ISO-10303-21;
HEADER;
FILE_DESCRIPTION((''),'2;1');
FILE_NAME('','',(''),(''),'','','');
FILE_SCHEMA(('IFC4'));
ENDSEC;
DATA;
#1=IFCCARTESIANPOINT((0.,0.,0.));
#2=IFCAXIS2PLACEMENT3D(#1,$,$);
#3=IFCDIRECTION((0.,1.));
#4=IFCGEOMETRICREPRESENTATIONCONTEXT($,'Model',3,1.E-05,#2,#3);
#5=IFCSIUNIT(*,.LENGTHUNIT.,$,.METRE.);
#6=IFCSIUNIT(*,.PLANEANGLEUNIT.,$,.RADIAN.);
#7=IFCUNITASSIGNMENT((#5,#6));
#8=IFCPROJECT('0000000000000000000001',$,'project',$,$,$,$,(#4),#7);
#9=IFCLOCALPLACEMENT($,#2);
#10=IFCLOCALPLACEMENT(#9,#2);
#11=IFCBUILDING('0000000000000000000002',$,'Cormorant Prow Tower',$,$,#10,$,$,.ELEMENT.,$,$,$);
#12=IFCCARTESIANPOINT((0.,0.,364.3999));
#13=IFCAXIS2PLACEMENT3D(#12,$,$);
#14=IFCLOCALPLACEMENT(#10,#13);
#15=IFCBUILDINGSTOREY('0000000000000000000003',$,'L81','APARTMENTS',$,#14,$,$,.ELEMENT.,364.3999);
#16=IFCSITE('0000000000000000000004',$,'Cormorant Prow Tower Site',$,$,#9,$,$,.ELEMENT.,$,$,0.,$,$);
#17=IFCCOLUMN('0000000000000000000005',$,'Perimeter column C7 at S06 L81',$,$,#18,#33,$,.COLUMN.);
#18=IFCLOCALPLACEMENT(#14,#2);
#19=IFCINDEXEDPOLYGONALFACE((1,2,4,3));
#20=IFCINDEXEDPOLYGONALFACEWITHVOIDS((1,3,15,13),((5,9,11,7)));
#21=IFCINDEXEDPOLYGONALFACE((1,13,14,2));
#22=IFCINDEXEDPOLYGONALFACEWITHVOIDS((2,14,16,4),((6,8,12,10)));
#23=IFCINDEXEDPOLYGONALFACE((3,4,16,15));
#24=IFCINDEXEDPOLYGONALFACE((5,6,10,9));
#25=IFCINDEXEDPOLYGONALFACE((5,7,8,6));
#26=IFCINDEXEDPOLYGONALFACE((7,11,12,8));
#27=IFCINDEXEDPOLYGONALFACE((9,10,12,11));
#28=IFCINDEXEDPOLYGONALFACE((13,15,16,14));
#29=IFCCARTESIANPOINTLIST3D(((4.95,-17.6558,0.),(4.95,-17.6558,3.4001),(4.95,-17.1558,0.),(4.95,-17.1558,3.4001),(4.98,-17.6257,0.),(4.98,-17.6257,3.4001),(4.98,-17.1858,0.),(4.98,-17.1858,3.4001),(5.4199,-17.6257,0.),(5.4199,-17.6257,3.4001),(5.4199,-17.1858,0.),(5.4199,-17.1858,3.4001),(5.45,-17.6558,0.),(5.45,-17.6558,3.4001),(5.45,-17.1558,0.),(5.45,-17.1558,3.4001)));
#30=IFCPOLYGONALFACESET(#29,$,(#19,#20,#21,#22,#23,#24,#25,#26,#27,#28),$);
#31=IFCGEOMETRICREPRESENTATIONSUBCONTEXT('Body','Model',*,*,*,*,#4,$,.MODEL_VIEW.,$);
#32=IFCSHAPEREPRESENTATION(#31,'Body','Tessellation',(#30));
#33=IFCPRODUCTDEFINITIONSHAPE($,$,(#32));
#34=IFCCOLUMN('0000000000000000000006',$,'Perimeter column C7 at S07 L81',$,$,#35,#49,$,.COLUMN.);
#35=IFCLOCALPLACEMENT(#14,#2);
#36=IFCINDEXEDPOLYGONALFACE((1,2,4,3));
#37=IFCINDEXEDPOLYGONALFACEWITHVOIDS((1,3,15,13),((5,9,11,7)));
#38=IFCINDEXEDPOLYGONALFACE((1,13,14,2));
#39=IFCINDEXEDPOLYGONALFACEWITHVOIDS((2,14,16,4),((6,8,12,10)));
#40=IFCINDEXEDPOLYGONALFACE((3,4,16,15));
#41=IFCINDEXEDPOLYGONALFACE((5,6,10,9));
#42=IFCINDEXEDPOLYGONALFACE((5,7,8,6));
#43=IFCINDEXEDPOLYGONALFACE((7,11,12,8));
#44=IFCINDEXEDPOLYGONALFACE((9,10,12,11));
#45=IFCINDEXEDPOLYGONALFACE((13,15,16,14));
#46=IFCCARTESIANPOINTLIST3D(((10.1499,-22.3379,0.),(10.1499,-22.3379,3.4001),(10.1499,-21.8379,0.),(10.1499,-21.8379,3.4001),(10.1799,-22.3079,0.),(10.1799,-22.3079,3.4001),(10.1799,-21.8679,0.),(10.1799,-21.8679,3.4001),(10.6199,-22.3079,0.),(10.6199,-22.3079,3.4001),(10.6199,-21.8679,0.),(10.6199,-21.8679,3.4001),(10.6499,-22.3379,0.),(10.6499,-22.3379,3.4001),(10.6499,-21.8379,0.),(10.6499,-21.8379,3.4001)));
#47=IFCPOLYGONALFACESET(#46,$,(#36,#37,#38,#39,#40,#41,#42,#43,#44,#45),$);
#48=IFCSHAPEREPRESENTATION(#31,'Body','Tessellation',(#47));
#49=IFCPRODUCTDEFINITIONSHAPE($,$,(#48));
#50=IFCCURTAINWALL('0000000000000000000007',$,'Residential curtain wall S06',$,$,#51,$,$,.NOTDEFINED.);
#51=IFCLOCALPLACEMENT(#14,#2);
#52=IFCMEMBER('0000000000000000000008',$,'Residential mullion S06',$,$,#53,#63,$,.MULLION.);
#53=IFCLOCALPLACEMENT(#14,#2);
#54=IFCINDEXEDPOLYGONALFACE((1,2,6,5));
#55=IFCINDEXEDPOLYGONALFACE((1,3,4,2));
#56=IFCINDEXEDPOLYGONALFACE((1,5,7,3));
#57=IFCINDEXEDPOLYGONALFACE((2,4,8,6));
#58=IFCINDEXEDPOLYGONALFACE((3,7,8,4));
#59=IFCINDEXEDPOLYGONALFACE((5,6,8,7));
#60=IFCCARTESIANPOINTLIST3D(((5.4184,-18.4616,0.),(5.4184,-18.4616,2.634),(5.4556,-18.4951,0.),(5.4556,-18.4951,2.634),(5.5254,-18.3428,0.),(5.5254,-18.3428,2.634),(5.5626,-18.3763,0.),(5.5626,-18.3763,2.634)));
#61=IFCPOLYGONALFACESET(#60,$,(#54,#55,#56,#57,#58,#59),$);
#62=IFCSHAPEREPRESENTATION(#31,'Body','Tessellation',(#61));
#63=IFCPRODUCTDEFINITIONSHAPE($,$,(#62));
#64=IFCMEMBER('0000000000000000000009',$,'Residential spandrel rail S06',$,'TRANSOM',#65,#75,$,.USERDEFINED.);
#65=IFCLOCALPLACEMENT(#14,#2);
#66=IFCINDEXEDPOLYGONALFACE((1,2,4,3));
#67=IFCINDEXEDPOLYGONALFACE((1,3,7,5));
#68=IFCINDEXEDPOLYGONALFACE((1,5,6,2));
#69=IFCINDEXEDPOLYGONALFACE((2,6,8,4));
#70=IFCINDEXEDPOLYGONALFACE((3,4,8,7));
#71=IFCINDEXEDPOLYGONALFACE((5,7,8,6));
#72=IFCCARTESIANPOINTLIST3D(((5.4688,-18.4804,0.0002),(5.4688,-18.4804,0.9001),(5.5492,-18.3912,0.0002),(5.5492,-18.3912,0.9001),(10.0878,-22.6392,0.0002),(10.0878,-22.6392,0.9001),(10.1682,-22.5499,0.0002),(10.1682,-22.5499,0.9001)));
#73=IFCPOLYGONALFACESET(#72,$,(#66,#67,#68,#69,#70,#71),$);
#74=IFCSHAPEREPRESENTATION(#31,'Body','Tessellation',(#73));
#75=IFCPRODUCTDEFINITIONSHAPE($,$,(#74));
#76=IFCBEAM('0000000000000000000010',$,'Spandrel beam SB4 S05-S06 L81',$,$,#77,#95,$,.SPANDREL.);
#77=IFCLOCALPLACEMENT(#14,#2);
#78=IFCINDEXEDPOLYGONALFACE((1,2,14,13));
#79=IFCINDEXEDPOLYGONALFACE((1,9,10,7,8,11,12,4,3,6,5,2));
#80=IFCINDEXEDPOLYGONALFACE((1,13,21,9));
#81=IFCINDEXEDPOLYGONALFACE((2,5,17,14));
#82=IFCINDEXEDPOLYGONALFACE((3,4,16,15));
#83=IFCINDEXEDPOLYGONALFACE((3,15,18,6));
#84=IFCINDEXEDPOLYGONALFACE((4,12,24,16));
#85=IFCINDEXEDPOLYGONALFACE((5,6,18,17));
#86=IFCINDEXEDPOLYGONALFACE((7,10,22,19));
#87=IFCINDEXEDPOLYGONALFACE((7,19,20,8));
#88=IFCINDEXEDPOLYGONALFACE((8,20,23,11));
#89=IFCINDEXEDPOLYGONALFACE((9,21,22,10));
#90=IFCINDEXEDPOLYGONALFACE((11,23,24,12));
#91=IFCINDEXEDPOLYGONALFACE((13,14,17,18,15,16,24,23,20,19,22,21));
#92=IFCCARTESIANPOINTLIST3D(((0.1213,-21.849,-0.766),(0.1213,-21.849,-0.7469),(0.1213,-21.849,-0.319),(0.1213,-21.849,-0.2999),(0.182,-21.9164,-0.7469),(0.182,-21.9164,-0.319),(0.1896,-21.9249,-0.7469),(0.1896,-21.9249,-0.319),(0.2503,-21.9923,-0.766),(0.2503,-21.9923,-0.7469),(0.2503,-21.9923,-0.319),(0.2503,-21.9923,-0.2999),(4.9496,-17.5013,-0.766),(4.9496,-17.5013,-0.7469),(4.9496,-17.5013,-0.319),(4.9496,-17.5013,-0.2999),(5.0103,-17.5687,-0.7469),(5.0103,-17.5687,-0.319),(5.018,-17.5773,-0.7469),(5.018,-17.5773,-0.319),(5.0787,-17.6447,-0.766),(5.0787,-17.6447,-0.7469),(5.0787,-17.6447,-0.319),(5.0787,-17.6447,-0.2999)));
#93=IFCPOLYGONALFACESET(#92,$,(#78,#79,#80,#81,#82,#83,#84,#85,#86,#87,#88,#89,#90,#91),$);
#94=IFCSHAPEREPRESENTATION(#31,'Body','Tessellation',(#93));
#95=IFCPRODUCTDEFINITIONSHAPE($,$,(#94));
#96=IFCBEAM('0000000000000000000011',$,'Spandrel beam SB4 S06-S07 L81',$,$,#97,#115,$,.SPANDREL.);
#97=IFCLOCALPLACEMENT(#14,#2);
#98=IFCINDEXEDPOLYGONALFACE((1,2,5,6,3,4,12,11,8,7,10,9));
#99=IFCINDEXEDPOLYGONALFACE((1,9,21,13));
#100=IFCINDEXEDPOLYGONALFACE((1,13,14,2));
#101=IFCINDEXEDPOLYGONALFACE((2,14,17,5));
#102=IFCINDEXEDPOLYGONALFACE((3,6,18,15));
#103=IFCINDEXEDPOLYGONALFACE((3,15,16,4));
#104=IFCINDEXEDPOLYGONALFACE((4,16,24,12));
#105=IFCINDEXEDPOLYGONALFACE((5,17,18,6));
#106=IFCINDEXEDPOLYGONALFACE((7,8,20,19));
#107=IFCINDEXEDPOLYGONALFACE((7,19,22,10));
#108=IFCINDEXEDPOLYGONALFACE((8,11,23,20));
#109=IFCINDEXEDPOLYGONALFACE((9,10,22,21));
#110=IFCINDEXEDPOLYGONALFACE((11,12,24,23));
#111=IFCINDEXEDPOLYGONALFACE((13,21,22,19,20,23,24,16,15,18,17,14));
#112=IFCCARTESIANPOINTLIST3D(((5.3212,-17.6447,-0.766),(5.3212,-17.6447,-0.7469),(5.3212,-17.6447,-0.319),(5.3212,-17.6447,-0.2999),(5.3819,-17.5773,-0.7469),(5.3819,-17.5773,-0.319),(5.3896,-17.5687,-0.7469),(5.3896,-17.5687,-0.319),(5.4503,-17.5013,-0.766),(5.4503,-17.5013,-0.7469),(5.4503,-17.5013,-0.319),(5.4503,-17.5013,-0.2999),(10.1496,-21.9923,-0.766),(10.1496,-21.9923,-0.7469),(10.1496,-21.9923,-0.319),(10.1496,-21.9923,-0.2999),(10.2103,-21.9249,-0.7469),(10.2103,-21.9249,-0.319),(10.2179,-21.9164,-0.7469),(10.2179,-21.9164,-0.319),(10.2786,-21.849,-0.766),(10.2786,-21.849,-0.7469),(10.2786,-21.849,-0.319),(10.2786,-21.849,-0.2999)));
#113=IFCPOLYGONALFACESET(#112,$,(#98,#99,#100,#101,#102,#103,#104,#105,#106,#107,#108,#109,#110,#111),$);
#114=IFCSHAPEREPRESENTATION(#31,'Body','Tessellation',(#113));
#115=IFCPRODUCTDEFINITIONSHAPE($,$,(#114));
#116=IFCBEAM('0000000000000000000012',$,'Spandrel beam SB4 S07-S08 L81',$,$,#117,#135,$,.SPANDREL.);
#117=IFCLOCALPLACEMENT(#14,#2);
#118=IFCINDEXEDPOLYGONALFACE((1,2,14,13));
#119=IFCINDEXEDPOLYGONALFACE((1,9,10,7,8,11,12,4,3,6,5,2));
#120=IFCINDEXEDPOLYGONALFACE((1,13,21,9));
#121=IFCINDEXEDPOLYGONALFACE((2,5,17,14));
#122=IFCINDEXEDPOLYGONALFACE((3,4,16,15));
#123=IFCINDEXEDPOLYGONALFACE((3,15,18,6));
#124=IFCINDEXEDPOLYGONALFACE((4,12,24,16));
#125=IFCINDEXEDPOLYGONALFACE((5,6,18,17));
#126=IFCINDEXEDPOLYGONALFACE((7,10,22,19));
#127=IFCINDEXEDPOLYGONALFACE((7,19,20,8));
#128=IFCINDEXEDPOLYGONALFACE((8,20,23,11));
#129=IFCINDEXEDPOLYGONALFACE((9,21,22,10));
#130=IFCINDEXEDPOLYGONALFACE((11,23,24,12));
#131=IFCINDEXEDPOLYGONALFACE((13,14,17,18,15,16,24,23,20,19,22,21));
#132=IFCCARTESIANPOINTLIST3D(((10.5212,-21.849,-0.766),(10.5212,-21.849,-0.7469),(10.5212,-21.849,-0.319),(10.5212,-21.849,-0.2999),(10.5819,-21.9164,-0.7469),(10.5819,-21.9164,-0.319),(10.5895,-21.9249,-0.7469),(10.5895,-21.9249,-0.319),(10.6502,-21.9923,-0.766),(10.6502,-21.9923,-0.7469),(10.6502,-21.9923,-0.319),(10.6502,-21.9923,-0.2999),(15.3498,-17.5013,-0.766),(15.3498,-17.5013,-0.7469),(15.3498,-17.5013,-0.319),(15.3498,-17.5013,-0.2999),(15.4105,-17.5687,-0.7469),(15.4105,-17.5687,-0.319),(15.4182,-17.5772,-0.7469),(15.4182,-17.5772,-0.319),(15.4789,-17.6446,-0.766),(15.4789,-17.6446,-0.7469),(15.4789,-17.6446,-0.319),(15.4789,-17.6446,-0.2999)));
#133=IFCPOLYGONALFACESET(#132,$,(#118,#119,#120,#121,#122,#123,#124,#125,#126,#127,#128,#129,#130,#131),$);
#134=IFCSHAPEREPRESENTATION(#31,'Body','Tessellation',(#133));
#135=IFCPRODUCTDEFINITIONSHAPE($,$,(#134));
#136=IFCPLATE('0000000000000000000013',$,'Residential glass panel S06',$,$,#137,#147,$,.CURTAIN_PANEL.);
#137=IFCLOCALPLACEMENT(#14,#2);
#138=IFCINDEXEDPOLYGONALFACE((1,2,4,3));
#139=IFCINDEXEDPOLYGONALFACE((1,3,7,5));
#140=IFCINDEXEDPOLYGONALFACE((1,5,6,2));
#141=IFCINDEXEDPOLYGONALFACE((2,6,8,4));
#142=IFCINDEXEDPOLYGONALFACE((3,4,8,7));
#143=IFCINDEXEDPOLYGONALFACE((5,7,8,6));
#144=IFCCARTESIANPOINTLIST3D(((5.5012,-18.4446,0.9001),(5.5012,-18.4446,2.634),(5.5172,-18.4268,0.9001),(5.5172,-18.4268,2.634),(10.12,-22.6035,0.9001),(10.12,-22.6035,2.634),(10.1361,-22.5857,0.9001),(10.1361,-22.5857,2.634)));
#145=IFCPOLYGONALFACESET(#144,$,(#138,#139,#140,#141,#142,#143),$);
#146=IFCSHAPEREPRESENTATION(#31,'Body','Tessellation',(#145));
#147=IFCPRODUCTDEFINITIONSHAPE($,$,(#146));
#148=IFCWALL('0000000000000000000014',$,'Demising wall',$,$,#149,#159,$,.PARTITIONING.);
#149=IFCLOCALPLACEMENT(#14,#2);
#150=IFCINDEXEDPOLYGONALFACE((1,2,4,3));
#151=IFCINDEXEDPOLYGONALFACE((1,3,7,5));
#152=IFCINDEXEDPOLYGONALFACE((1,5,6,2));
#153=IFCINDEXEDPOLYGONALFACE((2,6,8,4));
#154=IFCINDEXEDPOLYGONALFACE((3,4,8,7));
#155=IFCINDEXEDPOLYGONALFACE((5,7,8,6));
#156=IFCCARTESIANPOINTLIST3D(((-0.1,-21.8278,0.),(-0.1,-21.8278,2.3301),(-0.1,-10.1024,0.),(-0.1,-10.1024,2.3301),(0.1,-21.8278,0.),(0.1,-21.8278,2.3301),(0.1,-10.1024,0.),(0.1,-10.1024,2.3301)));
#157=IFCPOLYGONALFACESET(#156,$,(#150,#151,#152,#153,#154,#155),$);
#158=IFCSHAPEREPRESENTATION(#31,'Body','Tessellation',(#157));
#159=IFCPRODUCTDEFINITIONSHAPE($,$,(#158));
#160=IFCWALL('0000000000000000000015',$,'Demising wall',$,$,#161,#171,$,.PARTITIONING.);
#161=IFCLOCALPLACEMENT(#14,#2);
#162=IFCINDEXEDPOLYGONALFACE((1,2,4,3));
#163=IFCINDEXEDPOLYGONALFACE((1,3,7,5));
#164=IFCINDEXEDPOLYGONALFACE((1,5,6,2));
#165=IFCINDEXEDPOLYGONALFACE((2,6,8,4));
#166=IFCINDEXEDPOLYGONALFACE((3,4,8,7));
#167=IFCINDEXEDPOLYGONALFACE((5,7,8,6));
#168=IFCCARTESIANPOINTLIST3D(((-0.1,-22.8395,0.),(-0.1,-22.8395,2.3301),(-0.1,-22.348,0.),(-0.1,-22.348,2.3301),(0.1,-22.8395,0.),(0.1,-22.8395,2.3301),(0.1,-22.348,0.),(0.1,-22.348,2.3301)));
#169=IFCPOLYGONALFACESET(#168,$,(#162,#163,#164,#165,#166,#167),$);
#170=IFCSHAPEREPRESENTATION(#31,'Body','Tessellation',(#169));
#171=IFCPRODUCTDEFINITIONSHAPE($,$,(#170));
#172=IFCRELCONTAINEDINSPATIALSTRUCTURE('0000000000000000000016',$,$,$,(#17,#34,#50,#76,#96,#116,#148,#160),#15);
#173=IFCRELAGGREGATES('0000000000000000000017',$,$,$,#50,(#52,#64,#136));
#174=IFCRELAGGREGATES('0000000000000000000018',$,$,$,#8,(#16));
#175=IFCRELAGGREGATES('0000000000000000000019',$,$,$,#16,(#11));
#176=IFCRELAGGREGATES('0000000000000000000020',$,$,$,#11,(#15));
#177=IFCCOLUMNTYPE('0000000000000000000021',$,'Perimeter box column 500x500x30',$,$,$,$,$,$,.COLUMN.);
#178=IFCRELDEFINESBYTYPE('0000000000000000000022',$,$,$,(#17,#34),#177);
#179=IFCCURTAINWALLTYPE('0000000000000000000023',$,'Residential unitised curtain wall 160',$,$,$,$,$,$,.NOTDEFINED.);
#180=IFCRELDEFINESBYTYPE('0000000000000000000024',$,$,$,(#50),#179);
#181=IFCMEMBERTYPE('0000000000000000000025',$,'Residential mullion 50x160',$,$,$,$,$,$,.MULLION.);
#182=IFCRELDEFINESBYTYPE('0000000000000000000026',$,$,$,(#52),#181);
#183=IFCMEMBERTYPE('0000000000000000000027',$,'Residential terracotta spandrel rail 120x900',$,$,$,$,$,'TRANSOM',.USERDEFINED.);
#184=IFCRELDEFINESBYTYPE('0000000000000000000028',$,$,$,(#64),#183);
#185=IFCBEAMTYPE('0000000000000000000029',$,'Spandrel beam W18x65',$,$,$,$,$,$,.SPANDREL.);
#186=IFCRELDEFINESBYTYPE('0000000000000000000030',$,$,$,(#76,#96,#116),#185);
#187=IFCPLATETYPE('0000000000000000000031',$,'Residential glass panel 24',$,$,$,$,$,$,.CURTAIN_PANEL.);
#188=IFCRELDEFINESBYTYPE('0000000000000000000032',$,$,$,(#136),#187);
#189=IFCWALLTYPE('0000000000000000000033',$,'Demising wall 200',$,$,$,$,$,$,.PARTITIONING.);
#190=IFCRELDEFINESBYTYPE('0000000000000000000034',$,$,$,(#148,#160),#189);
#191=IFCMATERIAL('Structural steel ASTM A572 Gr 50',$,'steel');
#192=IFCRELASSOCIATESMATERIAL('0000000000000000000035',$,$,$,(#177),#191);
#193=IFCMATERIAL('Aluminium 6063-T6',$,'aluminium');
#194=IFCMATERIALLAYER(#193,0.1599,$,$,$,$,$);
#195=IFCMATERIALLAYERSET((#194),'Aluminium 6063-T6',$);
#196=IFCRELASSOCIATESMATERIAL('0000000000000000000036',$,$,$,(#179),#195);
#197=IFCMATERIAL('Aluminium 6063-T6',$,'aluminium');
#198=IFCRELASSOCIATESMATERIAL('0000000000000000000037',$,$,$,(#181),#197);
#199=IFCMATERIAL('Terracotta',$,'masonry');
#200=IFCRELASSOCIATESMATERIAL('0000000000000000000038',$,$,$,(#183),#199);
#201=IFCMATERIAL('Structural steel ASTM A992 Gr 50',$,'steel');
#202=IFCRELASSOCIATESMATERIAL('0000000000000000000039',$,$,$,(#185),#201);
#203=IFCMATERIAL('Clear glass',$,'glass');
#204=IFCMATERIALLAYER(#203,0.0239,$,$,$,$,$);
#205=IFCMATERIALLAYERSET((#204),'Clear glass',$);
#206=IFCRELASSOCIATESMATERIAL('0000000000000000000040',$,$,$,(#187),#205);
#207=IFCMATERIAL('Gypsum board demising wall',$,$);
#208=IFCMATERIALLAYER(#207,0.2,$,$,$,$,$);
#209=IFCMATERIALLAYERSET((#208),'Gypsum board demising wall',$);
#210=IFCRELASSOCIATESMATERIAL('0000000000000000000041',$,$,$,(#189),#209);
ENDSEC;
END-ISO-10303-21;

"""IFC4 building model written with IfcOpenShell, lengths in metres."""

from ifc_helpers import new_model, si_unit, direction, frame, frame_2d, origin, origin_2d, place, context, subcontext, project, spatial, rectangle, hollow_rectangle, i_section, extrude, material, layer, layer_set, material_profile, profile_set, type_object, element, aggregate, save


model = new_model("IFC4")

# Units and contexts
model_context = context("Model", 3, precision=1e-05, world=origin(), true_north=direction((0.0, 1.0)))
body_context = subcontext(model_context, "Body", "Model", "MODEL_VIEW")
ifc_project = project(units=[si_unit("LENGTHUNIT", "METRE"), si_unit("PLANEANGLEUNIT", "RADIAN")], contexts=[model_context])

# Site, building, storey
site_placement = place(None, origin())
site = spatial("IfcSite", under=ifc_project, at=site_placement, Name="Cormorant Prow Tower Site", CompositionType="ELEMENT", RefElevation=0.0)
building_placement = place(site_placement, origin())
building = spatial("IfcBuilding", under=site, at=building_placement, Name="Cormorant Prow Tower", CompositionType="ELEMENT")
storey_placement = place(building_placement, frame((0.0, 0.0, 364.3999)))
storey = spatial("IfcBuildingStorey", under=building, at=storey_placement, Name="L81", Description="APARTMENTS", CompositionType="ELEMENT", Elevation=364.3999)

# Columns
ifc_material_1 = material(Name="Structural steel ASTM A572 Gr 50", Category="steel")
ifc_material_profile_1 = material_profile(ifc_material_1, hollow_rectangle(XDim=0.5, YDim=0.5, WallThickness=0.03, at=origin_2d()), Name="Box 500x500x30")
ifc_profile_set_1 = profile_set([ifc_material_profile_1], Name="Structural steel ASTM A572 Gr 50")
column_type = type_object("IfcColumnType", Name="Perimeter box column 500x500x30", PredefinedType="COLUMN", material=ifc_profile_set_1)
for number, where, z_axis, x_axis, name in (
    (1, (5.2, -17.4058, 0.0), (0.0, 0.0, 1.0), (1.0, 0.0, 0.0), "Perimeter column C7 at S06 L81"),
    (2, (10.3999, -22.0879, 0.0), (0.0, 0.0, 1.0), (1.0, 0.0, 0.0), "Perimeter column C7 at S07 L81"),
):
    element("IfcColumn", number, at=place(storey_placement, frame(where, z_axis=z_axis, x_axis=x_axis)), inside=storey, type_object=column_type, Name=name, PredefinedType="COLUMN", context=body_context, shape_type="SweptSolid", body=[
        extrude(hollow_rectangle(XDim=0.5, YDim=0.5, WallThickness=0.03, at=origin_2d()), origin(), (0.0, 0.0, 1.0), 3.4001),
    ])

# Curtain wall, members
ifc_material_2 = material(Name="Aluminium 6063-T6", Category="aluminium")
ifc_layer_1 = layer(ifc_material_2, 0.1599)
ifc_layer_set_1 = layer_set([ifc_layer_1], Name="Aluminium 6063-T6")
curtain_wall_type = type_object("IfcCurtainWallType", Name="Residential unitised curtain wall 160", PredefinedType="NOTDEFINED", material=ifc_layer_set_1)
curtain_wall_placement = place(storey_placement, origin())
curtain_wall = element("IfcCurtainWall", 3, at=curtain_wall_placement, inside=storey, type_object=curtain_wall_type, Name="Residential curtain wall S06", PredefinedType="NOTDEFINED")
ifc_material_3 = material(Name="Aluminium 6063-T6", Category="aluminium")
ifc_material_profile_2 = material_profile(ifc_material_3, rectangle(XDim=0.1599, YDim=0.05, at=origin_2d()), Name="Residential mullion 50x160")
ifc_profile_set_2 = profile_set([ifc_material_profile_2], Name="Aluminium 6063-T6")
member_type_1 = type_object("IfcMemberType", Name="Residential mullion 50x160", PredefinedType="MULLION", material=ifc_profile_set_2)
member_1_placement = place(storey_placement, frame((5.4905, -18.4189, 0.0), z_axis=(0.0, 0.0, 1.0), x_axis=(0.669131, 0.743145, 0.0)))
member_1 = element("IfcMember", 4, at=member_1_placement, type_object=member_type_1, Name="Residential mullion S06", PredefinedType="MULLION", context=body_context, shape_type="SweptSolid", body=[
    extrude(rectangle(XDim=0.1599, YDim=0.05, at=origin_2d()), origin(), (0.0, 0.0, 1.0), 2.634),
])
ifc_material_4 = material(Name="Terracotta", Category="masonry")
ifc_material_profile_3 = material_profile(ifc_material_4, rectangle(XDim=0.1201, YDim=0.8999, at=origin_2d()), Name="Residential terracotta spandrel rail 120x900")
ifc_profile_set_3 = profile_set([ifc_material_profile_3], Name="Terracotta")
member_type_2 = type_object("IfcMemberType", Name="Residential terracotta spandrel rail 120x900", ElementType="TRANSOM", PredefinedType="USERDEFINED", material=ifc_profile_set_3)
member_2_placement = place(storey_placement, frame((5.509, -18.4358, 0.4502), z_axis=(0.743159, -0.669114, 0.0), x_axis=(0.669114, 0.743159, 0.0)))
member_2 = element("IfcMember", 5, at=member_2_placement, type_object=member_type_2, Name="Residential spandrel rail S06", ObjectType="TRANSOM", PredefinedType="USERDEFINED", context=body_context, shape_type="SweptSolid", body=[
    extrude(rectangle(XDim=0.1201, YDim=0.8999, at=origin_2d()), origin(), (0.0, 0.0, 1.0), 6.2153),
])

# Beams
ifc_material_5 = material(Name="Structural steel ASTM A992 Gr 50", Category="steel")
ifc_material_profile_4 = material_profile(ifc_material_5, i_section(OverallWidth=0.1929, OverallDepth=0.4661, WebThickness=0.0115, FlangeThickness=0.019, at=origin_2d()), Name="W18x65")
ifc_profile_set_4 = profile_set([ifc_material_profile_4], Name="Structural steel ASTM A992 Gr 50")
beam_type = type_object("IfcBeamType", Name="Spandrel beam W18x65", PredefinedType="SPANDREL", material=ifc_profile_set_4)
for number, where, z_axis, x_axis, name in (
    (6, (0.1858, -21.9207, -0.533), (0.743132, 0.669145, 0.0), (-0.669145, 0.743132, 0.0), "Spandrel beam SB4 S05-S06 L81"),
    (7, (5.3857, -17.573, -0.533), (0.743132, -0.669145, 0.0), (0.669145, 0.743132, 0.0), "Spandrel beam SB4 S06-S07 L81"),
):
    element("IfcBeam", number, at=place(storey_placement, frame(where, z_axis=z_axis, x_axis=x_axis)), inside=storey, type_object=beam_type, Name=name, PredefinedType="SPANDREL", context=body_context, shape_type="SweptSolid", body=[
        extrude(i_section(OverallWidth=0.1929, OverallDepth=0.4661, WebThickness=0.0115, FlangeThickness=0.019, at=origin_2d()), origin(), (0.0, 0.0, 1.0), 6.4973),
    ])
beam_placement = place(storey_placement, frame((10.5857, -21.9207, -0.533), z_axis=(0.743148, 0.669127, 0.0), x_axis=(-0.669127, 0.743148, 0.0)))
element("IfcBeam", 8, at=beam_placement, inside=storey, type_object=beam_type, Name="Spandrel beam SB4 S07-S08 L81", PredefinedType="SPANDREL", context=body_context, shape_type="SweptSolid", body=[
    extrude(i_section(OverallWidth=0.1929, OverallDepth=0.4661, WebThickness=0.0115, FlangeThickness=0.019, at=origin_2d()), origin(), (0.0, 0.0, 1.0), 6.4976),
])

# Plate
ifc_material_6 = material(Name="Clear glass", Category="glass")
ifc_layer_2 = layer(ifc_material_6, 0.0239)
ifc_layer_set_2 = layer_set([ifc_layer_2], Name="Clear glass")
plate_type = type_object("IfcPlateType", Name="Residential glass panel 24", PredefinedType="CURTAIN_PANEL", material=ifc_layer_set_2)
plate_placement = place(storey_placement, frame((7.8186, -20.5151, 0.9001), z_axis=(0.0, 0.0, 1.0), x_axis=(0.743145, -0.669131, 0.0)))
plate = element("IfcPlate", 9, at=plate_placement, type_object=plate_type, Name="Residential glass panel S06", PredefinedType="CURTAIN_PANEL", context=body_context, shape_type="SweptSolid", body=[
    extrude(rectangle(XDim=6.2153, YDim=0.0239, at=origin_2d()), origin(), (0.0, 0.0, 1.0), 1.7339),
])
aggregate(curtain_wall, [member_1, member_2, plate])

# Walls
ifc_material_7 = material(Name="Gypsum board demising wall")
ifc_layer_3 = layer(ifc_material_7, 0.2)
ifc_layer_set_3 = layer_set([ifc_layer_3], Name="Gypsum board demising wall")
wall_type_1 = type_object("IfcWallType", Name="Demising wall 200", PredefinedType="PARTITIONING", material=ifc_layer_set_3)
wall_1_placement = place(storey_placement, frame((0.0, -21.8279, 0.0), z_axis=(0.0, 0.0, 1.0), x_axis=(0.0, 1.0, 0.0)))
element("IfcWall", 10, at=wall_1_placement, inside=storey, type_object=wall_type_1, Name="Demising wall", PredefinedType="PARTITIONING", context=body_context, shape_type="SweptSolid", body=[
    extrude(rectangle(XDim=11.7253, YDim=0.2, at=frame_2d((5.8628, 0.0))), origin(), (0.0, 0.0, 1.0), 2.3301),
])
wall_2_placement = place(storey_placement, frame((0.0, -22.8394, 0.0), z_axis=(0.0, 0.0, 1.0), x_axis=(0.0, 1.0, 0.0)))
element("IfcWall", 11, at=wall_2_placement, inside=storey, type_object=wall_type_1, Name="Demising wall", PredefinedType="PARTITIONING", context=body_context, shape_type="SweptSolid", body=[
    extrude(rectangle(XDim=0.4915, YDim=0.2, at=frame_2d((0.2456, 0.0))), origin(), (0.0, 0.0, 1.0), 2.3301),
])

save(model, "model.ifc")
